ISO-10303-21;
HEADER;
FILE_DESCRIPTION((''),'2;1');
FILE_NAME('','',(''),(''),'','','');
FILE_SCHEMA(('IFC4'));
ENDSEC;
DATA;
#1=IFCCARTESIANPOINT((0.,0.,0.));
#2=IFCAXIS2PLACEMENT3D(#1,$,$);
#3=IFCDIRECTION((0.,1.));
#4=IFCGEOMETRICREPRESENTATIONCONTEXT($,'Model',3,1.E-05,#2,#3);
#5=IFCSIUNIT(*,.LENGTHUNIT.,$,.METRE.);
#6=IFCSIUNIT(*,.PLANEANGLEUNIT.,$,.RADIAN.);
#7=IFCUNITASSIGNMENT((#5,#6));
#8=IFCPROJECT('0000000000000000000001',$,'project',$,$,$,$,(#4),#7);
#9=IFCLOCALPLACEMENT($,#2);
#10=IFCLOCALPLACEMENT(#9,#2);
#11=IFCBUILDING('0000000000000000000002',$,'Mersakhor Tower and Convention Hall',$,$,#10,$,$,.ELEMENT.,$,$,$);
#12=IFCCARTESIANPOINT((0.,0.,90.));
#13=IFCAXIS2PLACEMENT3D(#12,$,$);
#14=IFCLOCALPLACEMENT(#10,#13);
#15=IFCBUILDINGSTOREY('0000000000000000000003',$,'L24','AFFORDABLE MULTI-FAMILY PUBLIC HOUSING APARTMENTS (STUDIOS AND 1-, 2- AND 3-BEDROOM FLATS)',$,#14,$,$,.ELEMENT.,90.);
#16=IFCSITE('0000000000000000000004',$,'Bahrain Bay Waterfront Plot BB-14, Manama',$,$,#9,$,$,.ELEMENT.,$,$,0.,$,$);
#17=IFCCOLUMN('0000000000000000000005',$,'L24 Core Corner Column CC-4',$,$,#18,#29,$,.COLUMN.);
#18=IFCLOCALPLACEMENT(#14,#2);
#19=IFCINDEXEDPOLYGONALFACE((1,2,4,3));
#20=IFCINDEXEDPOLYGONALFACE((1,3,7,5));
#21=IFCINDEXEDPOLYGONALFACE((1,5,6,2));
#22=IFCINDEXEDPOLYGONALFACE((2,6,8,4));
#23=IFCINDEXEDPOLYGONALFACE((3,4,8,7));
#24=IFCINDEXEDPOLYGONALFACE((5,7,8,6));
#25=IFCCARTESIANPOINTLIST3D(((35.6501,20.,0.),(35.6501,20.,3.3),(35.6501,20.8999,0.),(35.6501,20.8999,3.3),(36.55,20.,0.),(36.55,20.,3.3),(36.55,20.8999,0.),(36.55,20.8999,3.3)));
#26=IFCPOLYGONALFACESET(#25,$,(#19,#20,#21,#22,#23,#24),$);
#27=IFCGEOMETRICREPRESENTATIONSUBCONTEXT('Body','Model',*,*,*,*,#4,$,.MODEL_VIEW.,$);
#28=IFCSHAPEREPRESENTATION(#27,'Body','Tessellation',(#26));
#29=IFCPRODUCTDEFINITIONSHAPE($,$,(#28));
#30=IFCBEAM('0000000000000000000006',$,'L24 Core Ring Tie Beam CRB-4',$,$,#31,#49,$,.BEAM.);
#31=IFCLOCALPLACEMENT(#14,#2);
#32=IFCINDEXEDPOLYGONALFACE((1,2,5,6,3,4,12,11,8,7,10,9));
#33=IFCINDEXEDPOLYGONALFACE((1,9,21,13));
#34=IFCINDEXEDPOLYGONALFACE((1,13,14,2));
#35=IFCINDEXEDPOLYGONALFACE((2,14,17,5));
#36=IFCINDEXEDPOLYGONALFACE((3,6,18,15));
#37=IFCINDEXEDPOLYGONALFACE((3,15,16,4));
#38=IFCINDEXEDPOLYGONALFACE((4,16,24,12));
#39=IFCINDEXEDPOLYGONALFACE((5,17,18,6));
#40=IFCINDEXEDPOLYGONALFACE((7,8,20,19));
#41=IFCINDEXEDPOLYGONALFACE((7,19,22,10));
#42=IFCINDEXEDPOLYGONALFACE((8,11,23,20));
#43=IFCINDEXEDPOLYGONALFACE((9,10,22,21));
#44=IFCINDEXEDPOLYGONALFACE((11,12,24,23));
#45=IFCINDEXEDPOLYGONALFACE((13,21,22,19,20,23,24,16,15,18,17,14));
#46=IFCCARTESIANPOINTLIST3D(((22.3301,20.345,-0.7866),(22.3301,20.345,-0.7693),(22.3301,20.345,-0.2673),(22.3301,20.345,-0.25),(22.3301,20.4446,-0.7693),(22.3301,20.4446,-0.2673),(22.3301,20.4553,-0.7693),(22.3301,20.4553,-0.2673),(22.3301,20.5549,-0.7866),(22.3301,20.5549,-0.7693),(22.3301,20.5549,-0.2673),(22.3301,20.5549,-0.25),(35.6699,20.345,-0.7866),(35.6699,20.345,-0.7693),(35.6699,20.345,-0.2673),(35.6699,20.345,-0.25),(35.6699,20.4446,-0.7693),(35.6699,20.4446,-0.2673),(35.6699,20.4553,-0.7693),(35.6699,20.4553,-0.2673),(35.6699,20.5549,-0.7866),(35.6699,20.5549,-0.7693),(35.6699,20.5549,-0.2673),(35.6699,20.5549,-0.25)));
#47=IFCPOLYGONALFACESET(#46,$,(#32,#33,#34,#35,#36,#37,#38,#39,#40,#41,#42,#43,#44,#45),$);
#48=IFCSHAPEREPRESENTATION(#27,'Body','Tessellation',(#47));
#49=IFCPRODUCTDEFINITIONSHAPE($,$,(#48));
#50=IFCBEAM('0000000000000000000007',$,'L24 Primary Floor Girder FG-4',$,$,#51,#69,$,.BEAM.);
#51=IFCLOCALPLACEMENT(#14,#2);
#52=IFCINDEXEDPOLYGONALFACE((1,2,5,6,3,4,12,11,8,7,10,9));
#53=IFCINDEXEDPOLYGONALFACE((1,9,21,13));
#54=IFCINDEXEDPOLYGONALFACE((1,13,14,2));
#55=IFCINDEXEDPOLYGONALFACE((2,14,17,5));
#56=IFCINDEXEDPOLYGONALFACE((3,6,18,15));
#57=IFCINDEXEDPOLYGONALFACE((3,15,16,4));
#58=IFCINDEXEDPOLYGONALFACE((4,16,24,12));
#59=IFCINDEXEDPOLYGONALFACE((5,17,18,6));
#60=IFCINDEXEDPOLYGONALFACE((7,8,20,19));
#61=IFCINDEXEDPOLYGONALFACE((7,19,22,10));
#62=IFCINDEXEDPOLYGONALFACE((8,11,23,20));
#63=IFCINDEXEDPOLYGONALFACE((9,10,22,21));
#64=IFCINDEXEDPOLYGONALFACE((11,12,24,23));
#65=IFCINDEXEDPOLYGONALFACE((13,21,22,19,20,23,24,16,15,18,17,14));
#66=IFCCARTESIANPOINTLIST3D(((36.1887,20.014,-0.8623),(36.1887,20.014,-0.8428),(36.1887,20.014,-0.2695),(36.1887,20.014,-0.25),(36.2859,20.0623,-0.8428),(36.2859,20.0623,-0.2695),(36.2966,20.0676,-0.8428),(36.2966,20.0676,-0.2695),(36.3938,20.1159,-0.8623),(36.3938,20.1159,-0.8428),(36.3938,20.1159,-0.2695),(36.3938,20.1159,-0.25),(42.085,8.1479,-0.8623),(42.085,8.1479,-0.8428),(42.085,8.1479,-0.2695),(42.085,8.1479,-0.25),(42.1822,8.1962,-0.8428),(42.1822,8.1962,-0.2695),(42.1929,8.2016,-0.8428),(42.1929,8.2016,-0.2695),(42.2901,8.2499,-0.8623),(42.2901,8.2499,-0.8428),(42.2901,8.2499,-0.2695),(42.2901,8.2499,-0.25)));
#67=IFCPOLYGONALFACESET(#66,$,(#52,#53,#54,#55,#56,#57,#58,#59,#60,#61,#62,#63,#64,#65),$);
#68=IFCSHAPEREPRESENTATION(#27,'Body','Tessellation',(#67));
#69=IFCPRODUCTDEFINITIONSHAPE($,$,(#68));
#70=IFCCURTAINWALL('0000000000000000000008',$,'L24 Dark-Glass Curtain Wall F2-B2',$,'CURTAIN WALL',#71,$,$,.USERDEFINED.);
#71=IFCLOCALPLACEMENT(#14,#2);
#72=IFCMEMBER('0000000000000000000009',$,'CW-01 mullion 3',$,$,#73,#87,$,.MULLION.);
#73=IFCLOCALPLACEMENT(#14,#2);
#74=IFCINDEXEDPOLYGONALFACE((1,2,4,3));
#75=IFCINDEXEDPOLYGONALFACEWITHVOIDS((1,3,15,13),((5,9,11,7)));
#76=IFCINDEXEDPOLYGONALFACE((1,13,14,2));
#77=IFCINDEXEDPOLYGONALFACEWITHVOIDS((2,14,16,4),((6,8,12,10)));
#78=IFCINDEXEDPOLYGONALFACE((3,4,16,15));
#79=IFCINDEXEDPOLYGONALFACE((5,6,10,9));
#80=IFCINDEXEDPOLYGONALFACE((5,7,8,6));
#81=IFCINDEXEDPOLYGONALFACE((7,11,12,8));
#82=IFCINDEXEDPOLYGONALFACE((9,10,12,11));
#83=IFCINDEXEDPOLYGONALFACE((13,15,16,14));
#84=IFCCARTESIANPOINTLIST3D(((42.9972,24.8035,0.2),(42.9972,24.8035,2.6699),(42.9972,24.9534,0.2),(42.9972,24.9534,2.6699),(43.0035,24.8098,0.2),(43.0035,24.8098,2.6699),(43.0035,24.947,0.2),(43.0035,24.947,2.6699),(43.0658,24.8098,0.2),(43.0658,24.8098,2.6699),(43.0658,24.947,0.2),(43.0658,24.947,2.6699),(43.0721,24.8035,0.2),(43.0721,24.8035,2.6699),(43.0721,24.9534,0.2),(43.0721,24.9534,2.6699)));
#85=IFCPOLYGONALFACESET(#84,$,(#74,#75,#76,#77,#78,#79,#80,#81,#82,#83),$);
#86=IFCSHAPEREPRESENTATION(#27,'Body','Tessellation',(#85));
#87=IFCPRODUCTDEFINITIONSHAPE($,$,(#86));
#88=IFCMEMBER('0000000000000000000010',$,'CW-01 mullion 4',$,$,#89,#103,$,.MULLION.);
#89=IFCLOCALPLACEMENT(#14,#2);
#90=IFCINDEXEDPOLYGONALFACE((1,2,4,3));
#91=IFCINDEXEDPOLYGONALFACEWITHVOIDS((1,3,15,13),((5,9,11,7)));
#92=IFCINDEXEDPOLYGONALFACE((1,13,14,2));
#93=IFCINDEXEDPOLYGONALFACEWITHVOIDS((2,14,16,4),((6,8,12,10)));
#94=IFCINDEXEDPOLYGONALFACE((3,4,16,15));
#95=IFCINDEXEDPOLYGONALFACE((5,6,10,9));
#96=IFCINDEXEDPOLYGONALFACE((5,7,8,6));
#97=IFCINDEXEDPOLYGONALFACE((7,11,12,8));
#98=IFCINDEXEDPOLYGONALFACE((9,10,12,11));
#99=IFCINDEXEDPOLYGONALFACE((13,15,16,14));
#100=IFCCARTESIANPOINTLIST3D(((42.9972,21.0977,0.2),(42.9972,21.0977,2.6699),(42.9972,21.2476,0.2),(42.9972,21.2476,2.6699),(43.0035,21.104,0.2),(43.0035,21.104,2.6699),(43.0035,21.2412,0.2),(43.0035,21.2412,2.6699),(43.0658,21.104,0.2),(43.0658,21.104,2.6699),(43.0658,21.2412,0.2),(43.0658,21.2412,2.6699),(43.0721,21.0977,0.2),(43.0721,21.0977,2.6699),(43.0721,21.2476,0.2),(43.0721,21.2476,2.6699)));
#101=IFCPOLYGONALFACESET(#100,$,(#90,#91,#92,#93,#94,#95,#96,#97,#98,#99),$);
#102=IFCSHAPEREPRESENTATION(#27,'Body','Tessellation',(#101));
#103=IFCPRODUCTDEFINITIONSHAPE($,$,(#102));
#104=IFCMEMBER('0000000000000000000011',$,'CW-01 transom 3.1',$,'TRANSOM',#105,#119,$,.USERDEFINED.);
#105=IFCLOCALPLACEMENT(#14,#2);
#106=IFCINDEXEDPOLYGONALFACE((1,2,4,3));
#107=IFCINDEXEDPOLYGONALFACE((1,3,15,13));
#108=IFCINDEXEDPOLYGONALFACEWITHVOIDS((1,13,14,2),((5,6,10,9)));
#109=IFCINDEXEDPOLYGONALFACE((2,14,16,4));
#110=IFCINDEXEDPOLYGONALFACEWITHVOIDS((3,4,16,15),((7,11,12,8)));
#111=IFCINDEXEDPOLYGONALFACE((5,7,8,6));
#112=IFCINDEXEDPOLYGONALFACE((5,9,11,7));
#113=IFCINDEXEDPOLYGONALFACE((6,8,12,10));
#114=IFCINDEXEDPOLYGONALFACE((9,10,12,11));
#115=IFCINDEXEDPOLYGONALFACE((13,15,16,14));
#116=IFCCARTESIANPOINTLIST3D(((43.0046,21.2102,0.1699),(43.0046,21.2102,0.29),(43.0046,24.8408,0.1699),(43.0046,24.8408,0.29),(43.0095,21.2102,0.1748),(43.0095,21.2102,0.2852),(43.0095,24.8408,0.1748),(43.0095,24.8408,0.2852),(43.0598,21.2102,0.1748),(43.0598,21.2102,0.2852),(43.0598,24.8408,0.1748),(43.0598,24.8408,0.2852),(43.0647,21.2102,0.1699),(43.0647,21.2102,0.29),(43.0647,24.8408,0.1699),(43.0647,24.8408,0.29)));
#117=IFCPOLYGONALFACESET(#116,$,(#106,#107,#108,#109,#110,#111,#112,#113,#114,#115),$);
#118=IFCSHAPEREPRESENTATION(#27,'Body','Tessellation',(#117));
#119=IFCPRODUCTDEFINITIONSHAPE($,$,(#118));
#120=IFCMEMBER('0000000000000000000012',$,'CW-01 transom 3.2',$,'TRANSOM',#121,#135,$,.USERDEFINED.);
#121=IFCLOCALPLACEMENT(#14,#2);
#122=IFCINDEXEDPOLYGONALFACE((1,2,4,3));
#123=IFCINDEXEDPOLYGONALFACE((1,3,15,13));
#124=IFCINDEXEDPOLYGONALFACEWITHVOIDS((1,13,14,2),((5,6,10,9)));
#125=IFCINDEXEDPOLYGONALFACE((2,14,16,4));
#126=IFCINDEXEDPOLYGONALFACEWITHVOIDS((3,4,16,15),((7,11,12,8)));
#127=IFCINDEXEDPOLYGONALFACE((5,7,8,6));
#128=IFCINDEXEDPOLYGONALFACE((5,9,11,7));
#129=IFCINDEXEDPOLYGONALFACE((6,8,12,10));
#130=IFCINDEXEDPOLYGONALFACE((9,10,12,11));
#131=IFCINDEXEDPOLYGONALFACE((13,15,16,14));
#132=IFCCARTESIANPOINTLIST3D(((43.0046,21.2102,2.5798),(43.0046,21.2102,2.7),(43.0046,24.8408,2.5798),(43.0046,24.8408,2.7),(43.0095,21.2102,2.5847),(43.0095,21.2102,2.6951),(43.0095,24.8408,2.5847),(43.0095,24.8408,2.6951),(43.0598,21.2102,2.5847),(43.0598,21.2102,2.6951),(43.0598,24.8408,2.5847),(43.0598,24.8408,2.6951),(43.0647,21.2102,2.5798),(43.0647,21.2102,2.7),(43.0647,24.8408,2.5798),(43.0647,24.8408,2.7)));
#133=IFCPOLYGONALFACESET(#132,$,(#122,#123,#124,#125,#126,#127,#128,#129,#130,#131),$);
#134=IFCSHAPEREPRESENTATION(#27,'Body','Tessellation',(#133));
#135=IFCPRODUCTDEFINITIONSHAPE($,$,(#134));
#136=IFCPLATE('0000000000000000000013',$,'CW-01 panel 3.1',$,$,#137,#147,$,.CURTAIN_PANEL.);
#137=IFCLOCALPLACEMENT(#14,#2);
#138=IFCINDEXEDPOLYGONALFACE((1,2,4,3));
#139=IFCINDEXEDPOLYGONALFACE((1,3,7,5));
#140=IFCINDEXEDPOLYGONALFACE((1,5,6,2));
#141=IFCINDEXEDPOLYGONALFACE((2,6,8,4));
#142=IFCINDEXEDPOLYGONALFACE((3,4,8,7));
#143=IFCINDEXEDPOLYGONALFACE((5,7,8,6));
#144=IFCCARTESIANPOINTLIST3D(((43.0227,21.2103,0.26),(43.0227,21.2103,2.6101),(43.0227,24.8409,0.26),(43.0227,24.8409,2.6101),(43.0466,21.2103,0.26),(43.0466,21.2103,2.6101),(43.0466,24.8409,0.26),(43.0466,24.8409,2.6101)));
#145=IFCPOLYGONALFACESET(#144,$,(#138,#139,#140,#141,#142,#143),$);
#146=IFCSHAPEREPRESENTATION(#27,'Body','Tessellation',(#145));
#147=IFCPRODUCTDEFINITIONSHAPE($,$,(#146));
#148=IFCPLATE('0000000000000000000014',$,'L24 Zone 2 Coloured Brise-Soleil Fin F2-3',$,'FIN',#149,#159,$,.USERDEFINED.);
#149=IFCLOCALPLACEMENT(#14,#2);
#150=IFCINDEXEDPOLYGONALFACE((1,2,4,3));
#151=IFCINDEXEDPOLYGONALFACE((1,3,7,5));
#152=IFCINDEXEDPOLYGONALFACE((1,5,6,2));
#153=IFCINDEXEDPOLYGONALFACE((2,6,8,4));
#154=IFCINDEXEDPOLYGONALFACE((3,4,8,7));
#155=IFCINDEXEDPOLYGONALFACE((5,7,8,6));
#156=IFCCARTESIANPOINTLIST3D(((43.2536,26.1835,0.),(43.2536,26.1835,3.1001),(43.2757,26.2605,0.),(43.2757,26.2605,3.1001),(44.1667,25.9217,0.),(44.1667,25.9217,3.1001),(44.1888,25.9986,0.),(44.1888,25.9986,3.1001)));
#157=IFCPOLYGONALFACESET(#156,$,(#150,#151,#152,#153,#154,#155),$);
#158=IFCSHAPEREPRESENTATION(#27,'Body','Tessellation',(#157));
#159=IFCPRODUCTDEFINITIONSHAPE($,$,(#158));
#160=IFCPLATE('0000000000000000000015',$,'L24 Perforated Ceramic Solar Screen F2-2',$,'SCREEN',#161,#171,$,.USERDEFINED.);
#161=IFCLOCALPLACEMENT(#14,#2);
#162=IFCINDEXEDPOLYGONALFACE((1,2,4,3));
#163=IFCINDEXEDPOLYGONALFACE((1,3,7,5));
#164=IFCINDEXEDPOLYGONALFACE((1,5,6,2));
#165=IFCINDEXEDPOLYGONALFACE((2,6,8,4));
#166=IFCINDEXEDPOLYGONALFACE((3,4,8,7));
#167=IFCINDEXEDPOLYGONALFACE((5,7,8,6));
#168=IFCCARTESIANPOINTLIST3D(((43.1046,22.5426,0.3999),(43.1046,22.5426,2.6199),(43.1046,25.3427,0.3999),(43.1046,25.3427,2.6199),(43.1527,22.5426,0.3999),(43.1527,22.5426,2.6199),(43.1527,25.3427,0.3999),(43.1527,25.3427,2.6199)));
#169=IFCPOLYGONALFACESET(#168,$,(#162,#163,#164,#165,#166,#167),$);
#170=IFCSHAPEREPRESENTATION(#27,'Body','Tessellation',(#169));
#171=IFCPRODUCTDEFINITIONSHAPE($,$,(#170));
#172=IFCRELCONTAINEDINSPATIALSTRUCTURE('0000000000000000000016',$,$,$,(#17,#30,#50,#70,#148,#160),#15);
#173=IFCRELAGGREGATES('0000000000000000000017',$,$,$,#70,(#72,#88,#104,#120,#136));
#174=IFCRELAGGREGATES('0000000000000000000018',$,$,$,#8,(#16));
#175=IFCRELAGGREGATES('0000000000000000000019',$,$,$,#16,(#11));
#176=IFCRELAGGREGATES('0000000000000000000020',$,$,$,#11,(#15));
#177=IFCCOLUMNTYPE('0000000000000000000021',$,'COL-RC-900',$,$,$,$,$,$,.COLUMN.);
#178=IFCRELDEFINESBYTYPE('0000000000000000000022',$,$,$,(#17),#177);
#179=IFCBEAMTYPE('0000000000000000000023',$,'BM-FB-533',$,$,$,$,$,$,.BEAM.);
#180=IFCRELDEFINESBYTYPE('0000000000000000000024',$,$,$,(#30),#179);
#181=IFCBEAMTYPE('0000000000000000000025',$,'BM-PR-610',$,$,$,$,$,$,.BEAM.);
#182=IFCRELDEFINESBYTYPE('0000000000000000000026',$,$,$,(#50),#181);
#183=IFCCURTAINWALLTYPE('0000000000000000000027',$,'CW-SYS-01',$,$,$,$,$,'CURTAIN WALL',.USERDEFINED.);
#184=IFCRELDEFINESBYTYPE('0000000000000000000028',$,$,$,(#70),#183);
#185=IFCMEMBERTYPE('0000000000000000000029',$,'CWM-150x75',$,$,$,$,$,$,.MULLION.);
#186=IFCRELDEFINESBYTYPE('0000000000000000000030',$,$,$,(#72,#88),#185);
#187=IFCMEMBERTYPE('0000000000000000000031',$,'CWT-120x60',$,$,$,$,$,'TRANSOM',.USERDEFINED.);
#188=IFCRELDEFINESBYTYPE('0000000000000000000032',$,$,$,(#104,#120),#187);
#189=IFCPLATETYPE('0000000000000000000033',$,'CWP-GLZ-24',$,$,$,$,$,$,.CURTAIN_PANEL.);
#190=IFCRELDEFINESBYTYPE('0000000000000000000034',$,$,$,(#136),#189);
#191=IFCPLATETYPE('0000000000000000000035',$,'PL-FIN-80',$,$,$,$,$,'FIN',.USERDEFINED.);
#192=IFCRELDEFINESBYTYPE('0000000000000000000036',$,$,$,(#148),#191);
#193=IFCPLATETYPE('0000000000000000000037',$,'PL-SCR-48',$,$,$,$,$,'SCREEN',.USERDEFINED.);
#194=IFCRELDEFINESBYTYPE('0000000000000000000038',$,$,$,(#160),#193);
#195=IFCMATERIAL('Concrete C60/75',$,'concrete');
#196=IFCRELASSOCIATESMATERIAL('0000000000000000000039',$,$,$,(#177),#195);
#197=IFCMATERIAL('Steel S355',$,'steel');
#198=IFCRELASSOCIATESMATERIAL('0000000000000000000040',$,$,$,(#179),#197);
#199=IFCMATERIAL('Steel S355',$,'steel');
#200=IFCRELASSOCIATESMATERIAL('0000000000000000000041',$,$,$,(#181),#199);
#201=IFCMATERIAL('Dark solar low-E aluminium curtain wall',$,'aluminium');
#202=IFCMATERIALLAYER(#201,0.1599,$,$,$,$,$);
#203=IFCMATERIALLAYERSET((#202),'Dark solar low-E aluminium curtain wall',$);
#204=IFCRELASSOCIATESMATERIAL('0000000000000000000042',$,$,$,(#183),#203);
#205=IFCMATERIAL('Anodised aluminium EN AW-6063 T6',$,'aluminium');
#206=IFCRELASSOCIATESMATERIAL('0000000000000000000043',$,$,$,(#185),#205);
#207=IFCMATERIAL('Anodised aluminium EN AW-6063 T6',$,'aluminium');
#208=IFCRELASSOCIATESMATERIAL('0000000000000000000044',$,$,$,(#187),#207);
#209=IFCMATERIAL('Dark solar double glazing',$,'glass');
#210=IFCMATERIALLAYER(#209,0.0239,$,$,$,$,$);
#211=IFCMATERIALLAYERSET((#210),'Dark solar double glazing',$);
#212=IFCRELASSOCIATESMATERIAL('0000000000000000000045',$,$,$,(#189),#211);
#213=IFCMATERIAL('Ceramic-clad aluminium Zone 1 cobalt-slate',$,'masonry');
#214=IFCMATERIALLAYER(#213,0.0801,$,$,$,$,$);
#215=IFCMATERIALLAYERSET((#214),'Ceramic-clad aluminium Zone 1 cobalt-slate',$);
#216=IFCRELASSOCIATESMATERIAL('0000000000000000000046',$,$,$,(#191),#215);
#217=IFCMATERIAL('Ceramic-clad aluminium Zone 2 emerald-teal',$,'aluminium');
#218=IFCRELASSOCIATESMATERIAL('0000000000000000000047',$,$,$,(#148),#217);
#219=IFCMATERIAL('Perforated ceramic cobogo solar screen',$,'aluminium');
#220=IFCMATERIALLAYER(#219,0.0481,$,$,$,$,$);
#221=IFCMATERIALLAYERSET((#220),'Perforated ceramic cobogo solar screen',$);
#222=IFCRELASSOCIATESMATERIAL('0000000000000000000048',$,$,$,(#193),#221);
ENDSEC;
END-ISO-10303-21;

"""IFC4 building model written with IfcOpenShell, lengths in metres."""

from ifc_helpers import new_model, si_unit, direction, frame, origin, origin_2d, place, context, subcontext, project, spatial, rectangle, hollow_rectangle, i_section, extrude, material, layer, layer_set, material_profile, profile_set, type_object, element, aggregate, save


model = new_model("IFC4")

# Units and contexts
model_context = context("Model", 3, precision=1e-05, world=origin(), true_north=direction((0.0, 1.0)))
body_context = subcontext(model_context, "Body", "Model", "MODEL_VIEW")
ifc_project = project(units=[si_unit("LENGTHUNIT", "METRE"), si_unit("PLANEANGLEUNIT", "RADIAN")], contexts=[model_context])

# Site, building, storey
site_placement = place(None, origin())
site = spatial("IfcSite", under=ifc_project, at=site_placement, Name="Bahrain Bay Waterfront Plot BB-14, Manama", CompositionType="ELEMENT", RefElevation=0.0)
building_placement = place(site_placement, origin())
building = spatial("IfcBuilding", under=site, at=building_placement, Name="Mersakhor Tower and Convention Hall", CompositionType="ELEMENT")
storey_placement = place(building_placement, frame((0.0, 0.0, 90.0)))
storey = spatial("IfcBuildingStorey", under=building, at=storey_placement, Name="L24", Description="AFFORDABLE MULTI-FAMILY PUBLIC HOUSING APARTMENTS (STUDIOS AND 1-, 2- AND 3-BEDROOM FLATS)", CompositionType="ELEMENT", Elevation=90.0)

# Column
ifc_material_1 = material(Name="Concrete C60/75", Category="concrete")
ifc_material_profile_1 = material_profile(ifc_material_1, rectangle(XDim=0.8999, YDim=0.8999, at=origin_2d()), Name="RC 900x900")
ifc_profile_set_1 = profile_set([ifc_material_profile_1], Name="Concrete C60/75")
column_type = type_object("IfcColumnType", Name="COL-RC-900", PredefinedType="COLUMN", material=ifc_profile_set_1)
column_placement = place(storey_placement, frame((36.1001, 20.45, 0.0), z_axis=(0.0, 0.0, 1.0), x_axis=(1.0, 0.0, 0.0)))
element("IfcColumn", 1, at=column_placement, inside=storey, type_object=column_type, Name="L24 Core Corner Column CC-4", PredefinedType="COLUMN", context=body_context, shape_type="SweptSolid", body=[
    extrude(rectangle(XDim=0.8999, YDim=0.8999, at=origin_2d()), origin(), (0.0, 0.0, 1.0), 3.3),
])

# Beams
ifc_material_2 = material(Name="Steel S355", Category="steel")
ifc_material_profile_2 = material_profile(ifc_material_2, i_section(OverallWidth=0.21, OverallDepth=0.5366, WebThickness=0.0107, FlangeThickness=0.0173, at=origin_2d()), Name="UB 533x210x101")
ifc_profile_set_2 = profile_set([ifc_material_profile_2], Name="Steel S355")
beam_type_1 = type_object("IfcBeamType", Name="BM-FB-533", PredefinedType="BEAM", material=ifc_profile_set_2)
beam_1_placement = place(storey_placement, frame((35.6699, 20.45, -0.5183), z_axis=(-1.0, 0.0, 0.0), x_axis=(0.0, -1.0, 0.0)))
element("IfcBeam", 2, at=beam_1_placement, inside=storey, type_object=beam_type_1, Name="L24 Core Ring Tie Beam CRB-4", PredefinedType="BEAM", context=body_context, shape_type="SweptSolid", body=[
    extrude(i_section(OverallWidth=0.21, OverallDepth=0.5366, WebThickness=0.0107, FlangeThickness=0.0173, at=origin_2d()), origin(), (0.0, 0.0, 1.0), 13.3398),
])
ifc_material_3 = material(Name="Steel S355", Category="steel")
ifc_material_profile_3 = material_profile(ifc_material_3, i_section(OverallWidth=0.229, OverallDepth=0.6123, WebThickness=0.012, FlangeThickness=0.0195, at=origin_2d()), Name="UB 610x229x125")
ifc_profile_set_3 = profile_set([ifc_material_profile_3], Name="Steel S355")
beam_type_2 = type_object("IfcBeamType", Name="BM-PR-610", PredefinedType="BEAM", material=ifc_profile_set_3)
beam_2_placement = place(storey_placement, frame((36.2913, 20.0649, -0.5562), z_axis=(0.444994, -0.895534, 0.0), x_axis=(0.895534, 0.444994, 0.0)))
element("IfcBeam", 3, at=beam_2_placement, inside=storey, type_object=beam_type_2, Name="L24 Primary Floor Girder FG-4", PredefinedType="BEAM", context=body_context, shape_type="SweptSolid", body=[
    extrude(i_section(OverallWidth=0.229, OverallDepth=0.6123, WebThickness=0.012, FlangeThickness=0.0195, at=origin_2d()), origin(), (0.0, 0.0, 1.0), 13.2502),
])

# Curtain wall, members, plate
ifc_material_4 = material(Name="Dark solar low-E aluminium curtain wall", Category="aluminium")
ifc_layer_1 = layer(ifc_material_4, 0.1599)
ifc_layer_set_1 = layer_set([ifc_layer_1], Name="Dark solar low-E aluminium curtain wall")
curtain_wall_type = type_object("IfcCurtainWallType", Name="CW-SYS-01", ElementType="CURTAIN WALL", PredefinedType="USERDEFINED", material=ifc_layer_set_1)
curtain_wall_placement = place(storey_placement, origin())
curtain_wall = element("IfcCurtainWall", 4, at=curtain_wall_placement, inside=storey, type_object=curtain_wall_type, Name="L24 Dark-Glass Curtain Wall F2-B2", ObjectType="CURTAIN WALL", PredefinedType="USERDEFINED")
ifc_material_5 = material(Name="Anodised aluminium EN AW-6063 T6", Category="aluminium")
ifc_material_profile_4 = material_profile(ifc_material_5, hollow_rectangle(XDim=0.075, YDim=0.1499, WallThickness=0.0063, at=origin_2d()), Name="RHS 150x75x6.3")
ifc_profile_set_4 = profile_set([ifc_material_profile_4], Name="Anodised aluminium EN AW-6063 T6")
member_type_1 = type_object("IfcMemberType", Name="CWM-150x75", PredefinedType="MULLION", material=ifc_profile_set_4)
member_1_placement = place(storey_placement, frame((43.0347, 24.8784, 0.2), z_axis=(0.0, 0.0, 1.0), x_axis=(1.0, 0.0, 0.0)))
member_1 = element("IfcMember", 5, at=member_1_placement, type_object=member_type_1, Name="CW-01 mullion 3", PredefinedType="MULLION", context=body_context, shape_type="SweptSolid", body=[
    extrude(hollow_rectangle(XDim=0.075, YDim=0.1499, WallThickness=0.0063, at=origin_2d()), origin(), (0.0, 0.0, 1.0), 2.47),
])
member_2_placement = place(storey_placement, frame((43.0347, 21.1726, 0.2), z_axis=(0.0, 0.0, 1.0), x_axis=(1.0, 0.0, 0.0)))
member_2 = element("IfcMember", 6, at=member_2_placement, type_object=member_type_1, Name="CW-01 mullion 4", PredefinedType="MULLION", context=body_context, shape_type="SweptSolid", body=[
    extrude(hollow_rectangle(XDim=0.075, YDim=0.1499, WallThickness=0.0063, at=origin_2d()), origin(), (0.0, 0.0, 1.0), 2.47),
])
ifc_material_6 = material(Name="Anodised aluminium EN AW-6063 T6", Category="aluminium")
ifc_material_profile_5 = material_profile(ifc_material_6, hollow_rectangle(XDim=0.0601, YDim=0.1201, WallThickness=0.0049, at=origin_2d()), Name="RHS 120x60x5")
ifc_profile_set_5 = profile_set([ifc_material_profile_5], Name="Anodised aluminium EN AW-6063 T6")
member_type_2 = type_object("IfcMemberType", Name="CWT-120x60", ElementType="TRANSOM", PredefinedType="USERDEFINED", material=ifc_profile_set_5)
member_3_placement = place(storey_placement, frame((43.0347, 24.8408, 0.23), z_axis=(0.0, -1.0, 0.0), x_axis=(1.0, 0.0, 0.0)))
member_3 = element("IfcMember", 7, at=member_3_placement, type_object=member_type_2, Name="CW-01 transom 3.1", ObjectType="TRANSOM", PredefinedType="USERDEFINED", context=body_context, shape_type="SweptSolid", body=[
    extrude(hollow_rectangle(XDim=0.0601, YDim=0.1201, WallThickness=0.0049, at=origin_2d()), origin(), (0.0, 0.0, 1.0), 3.6306),
])
member_4_placement = place(storey_placement, frame((43.0347, 24.8408, 2.6399), z_axis=(0.0, -1.0, 0.0), x_axis=(1.0, 0.0, 0.0)))
member_4 = element("IfcMember", 8, at=member_4_placement, type_object=member_type_2, Name="CW-01 transom 3.2", ObjectType="TRANSOM", PredefinedType="USERDEFINED", context=body_context, shape_type="SweptSolid", body=[
    extrude(hollow_rectangle(XDim=0.0601, YDim=0.1201, WallThickness=0.0049, at=origin_2d()), origin(), (0.0, 0.0, 1.0), 3.6306),
])
ifc_material_7 = material(Name="Dark solar double glazing", Category="glass")
ifc_layer_2 = layer(ifc_material_7, 0.0239)
ifc_layer_set_2 = layer_set([ifc_layer_2], Name="Dark solar double glazing")
plate_type_1 = type_object("IfcPlateType", Name="CWP-GLZ-24", PredefinedType="CURTAIN_PANEL", material=ifc_layer_set_2)
plate_1_placement = place(storey_placement, frame((43.0347, 23.0256, 0.26), z_axis=(0.0, 0.0, 1.0), x_axis=(0.0, -1.0, 0.0)))
plate_1 = element("IfcPlate", 9, at=plate_1_placement, type_object=plate_type_1, Name="CW-01 panel 3.1", PredefinedType="CURTAIN_PANEL", context=body_context, shape_type="SweptSolid", body=[
    extrude(rectangle(XDim=3.6306, YDim=0.0239, at=origin_2d()), origin(), (0.0, 0.0, 1.0), 2.3501),
])
aggregate(curtain_wall, [member_1, member_2, member_3, member_4, plate_1])

# Plates
ifc_material_8 = material(Name="Ceramic-clad aluminium Zone 2 emerald-teal", Category="aluminium")
ifc_material_9 = material(Name="Ceramic-clad aluminium Zone 1 cobalt-slate", Category="masonry")
ifc_layer_3 = layer(ifc_material_9, 0.0801)
ifc_layer_set_3 = layer_set([ifc_layer_3], Name="Ceramic-clad aluminium Zone 1 cobalt-slate")
plate_type_2 = type_object("IfcPlateType", Name="PL-FIN-80", ElementType="FIN", PredefinedType="USERDEFINED", material=ifc_layer_set_3)
plate_2_placement = place(storey_placement, frame((43.7212, 26.0911, 0.0), z_axis=(0.0, 0.0, 1.0), x_axis=(0.961262, -0.275637, 0.0)))
element("IfcPlate", 10, at=plate_2_placement, inside=storey, type_object=plate_type_2, material=ifc_material_8, Name="L24 Zone 2 Coloured Brise-Soleil Fin F2-3", ObjectType="FIN", PredefinedType="USERDEFINED", context=body_context, shape_type="SweptSolid", body=[
    extrude(rectangle(XDim=0.95, YDim=0.0801, at=origin_2d()), origin(), (0.0, 0.0, 1.0), 3.1001),
])
ifc_material_10 = material(Name="Perforated ceramic cobogo solar screen", Category="aluminium")
ifc_layer_4 = layer(ifc_material_10, 0.0481)
ifc_layer_set_4 = layer_set([ifc_layer_4], Name="Perforated ceramic cobogo solar screen")
plate_type_3 = type_object("IfcPlateType", Name="PL-SCR-48", ElementType="SCREEN", PredefinedType="USERDEFINED", material=ifc_layer_set_4)
plate_3_placement = place(storey_placement, frame((43.1287, 23.9426, 0.3999), z_axis=(0.0, 0.0, 1.0), x_axis=(0.0, -1.0, 0.0)))
element("IfcPlate", 11, at=plate_3_placement, inside=storey, type_object=plate_type_3, Name="L24 Perforated Ceramic Solar Screen F2-2", ObjectType="SCREEN", PredefinedType="USERDEFINED", context=body_context, shape_type="SweptSolid", body=[
    extrude(rectangle(XDim=2.8, YDim=0.0481, at=origin_2d()), origin(), (0.0, 0.0, 1.0), 2.22),
])

save(model, "model.ifc")
